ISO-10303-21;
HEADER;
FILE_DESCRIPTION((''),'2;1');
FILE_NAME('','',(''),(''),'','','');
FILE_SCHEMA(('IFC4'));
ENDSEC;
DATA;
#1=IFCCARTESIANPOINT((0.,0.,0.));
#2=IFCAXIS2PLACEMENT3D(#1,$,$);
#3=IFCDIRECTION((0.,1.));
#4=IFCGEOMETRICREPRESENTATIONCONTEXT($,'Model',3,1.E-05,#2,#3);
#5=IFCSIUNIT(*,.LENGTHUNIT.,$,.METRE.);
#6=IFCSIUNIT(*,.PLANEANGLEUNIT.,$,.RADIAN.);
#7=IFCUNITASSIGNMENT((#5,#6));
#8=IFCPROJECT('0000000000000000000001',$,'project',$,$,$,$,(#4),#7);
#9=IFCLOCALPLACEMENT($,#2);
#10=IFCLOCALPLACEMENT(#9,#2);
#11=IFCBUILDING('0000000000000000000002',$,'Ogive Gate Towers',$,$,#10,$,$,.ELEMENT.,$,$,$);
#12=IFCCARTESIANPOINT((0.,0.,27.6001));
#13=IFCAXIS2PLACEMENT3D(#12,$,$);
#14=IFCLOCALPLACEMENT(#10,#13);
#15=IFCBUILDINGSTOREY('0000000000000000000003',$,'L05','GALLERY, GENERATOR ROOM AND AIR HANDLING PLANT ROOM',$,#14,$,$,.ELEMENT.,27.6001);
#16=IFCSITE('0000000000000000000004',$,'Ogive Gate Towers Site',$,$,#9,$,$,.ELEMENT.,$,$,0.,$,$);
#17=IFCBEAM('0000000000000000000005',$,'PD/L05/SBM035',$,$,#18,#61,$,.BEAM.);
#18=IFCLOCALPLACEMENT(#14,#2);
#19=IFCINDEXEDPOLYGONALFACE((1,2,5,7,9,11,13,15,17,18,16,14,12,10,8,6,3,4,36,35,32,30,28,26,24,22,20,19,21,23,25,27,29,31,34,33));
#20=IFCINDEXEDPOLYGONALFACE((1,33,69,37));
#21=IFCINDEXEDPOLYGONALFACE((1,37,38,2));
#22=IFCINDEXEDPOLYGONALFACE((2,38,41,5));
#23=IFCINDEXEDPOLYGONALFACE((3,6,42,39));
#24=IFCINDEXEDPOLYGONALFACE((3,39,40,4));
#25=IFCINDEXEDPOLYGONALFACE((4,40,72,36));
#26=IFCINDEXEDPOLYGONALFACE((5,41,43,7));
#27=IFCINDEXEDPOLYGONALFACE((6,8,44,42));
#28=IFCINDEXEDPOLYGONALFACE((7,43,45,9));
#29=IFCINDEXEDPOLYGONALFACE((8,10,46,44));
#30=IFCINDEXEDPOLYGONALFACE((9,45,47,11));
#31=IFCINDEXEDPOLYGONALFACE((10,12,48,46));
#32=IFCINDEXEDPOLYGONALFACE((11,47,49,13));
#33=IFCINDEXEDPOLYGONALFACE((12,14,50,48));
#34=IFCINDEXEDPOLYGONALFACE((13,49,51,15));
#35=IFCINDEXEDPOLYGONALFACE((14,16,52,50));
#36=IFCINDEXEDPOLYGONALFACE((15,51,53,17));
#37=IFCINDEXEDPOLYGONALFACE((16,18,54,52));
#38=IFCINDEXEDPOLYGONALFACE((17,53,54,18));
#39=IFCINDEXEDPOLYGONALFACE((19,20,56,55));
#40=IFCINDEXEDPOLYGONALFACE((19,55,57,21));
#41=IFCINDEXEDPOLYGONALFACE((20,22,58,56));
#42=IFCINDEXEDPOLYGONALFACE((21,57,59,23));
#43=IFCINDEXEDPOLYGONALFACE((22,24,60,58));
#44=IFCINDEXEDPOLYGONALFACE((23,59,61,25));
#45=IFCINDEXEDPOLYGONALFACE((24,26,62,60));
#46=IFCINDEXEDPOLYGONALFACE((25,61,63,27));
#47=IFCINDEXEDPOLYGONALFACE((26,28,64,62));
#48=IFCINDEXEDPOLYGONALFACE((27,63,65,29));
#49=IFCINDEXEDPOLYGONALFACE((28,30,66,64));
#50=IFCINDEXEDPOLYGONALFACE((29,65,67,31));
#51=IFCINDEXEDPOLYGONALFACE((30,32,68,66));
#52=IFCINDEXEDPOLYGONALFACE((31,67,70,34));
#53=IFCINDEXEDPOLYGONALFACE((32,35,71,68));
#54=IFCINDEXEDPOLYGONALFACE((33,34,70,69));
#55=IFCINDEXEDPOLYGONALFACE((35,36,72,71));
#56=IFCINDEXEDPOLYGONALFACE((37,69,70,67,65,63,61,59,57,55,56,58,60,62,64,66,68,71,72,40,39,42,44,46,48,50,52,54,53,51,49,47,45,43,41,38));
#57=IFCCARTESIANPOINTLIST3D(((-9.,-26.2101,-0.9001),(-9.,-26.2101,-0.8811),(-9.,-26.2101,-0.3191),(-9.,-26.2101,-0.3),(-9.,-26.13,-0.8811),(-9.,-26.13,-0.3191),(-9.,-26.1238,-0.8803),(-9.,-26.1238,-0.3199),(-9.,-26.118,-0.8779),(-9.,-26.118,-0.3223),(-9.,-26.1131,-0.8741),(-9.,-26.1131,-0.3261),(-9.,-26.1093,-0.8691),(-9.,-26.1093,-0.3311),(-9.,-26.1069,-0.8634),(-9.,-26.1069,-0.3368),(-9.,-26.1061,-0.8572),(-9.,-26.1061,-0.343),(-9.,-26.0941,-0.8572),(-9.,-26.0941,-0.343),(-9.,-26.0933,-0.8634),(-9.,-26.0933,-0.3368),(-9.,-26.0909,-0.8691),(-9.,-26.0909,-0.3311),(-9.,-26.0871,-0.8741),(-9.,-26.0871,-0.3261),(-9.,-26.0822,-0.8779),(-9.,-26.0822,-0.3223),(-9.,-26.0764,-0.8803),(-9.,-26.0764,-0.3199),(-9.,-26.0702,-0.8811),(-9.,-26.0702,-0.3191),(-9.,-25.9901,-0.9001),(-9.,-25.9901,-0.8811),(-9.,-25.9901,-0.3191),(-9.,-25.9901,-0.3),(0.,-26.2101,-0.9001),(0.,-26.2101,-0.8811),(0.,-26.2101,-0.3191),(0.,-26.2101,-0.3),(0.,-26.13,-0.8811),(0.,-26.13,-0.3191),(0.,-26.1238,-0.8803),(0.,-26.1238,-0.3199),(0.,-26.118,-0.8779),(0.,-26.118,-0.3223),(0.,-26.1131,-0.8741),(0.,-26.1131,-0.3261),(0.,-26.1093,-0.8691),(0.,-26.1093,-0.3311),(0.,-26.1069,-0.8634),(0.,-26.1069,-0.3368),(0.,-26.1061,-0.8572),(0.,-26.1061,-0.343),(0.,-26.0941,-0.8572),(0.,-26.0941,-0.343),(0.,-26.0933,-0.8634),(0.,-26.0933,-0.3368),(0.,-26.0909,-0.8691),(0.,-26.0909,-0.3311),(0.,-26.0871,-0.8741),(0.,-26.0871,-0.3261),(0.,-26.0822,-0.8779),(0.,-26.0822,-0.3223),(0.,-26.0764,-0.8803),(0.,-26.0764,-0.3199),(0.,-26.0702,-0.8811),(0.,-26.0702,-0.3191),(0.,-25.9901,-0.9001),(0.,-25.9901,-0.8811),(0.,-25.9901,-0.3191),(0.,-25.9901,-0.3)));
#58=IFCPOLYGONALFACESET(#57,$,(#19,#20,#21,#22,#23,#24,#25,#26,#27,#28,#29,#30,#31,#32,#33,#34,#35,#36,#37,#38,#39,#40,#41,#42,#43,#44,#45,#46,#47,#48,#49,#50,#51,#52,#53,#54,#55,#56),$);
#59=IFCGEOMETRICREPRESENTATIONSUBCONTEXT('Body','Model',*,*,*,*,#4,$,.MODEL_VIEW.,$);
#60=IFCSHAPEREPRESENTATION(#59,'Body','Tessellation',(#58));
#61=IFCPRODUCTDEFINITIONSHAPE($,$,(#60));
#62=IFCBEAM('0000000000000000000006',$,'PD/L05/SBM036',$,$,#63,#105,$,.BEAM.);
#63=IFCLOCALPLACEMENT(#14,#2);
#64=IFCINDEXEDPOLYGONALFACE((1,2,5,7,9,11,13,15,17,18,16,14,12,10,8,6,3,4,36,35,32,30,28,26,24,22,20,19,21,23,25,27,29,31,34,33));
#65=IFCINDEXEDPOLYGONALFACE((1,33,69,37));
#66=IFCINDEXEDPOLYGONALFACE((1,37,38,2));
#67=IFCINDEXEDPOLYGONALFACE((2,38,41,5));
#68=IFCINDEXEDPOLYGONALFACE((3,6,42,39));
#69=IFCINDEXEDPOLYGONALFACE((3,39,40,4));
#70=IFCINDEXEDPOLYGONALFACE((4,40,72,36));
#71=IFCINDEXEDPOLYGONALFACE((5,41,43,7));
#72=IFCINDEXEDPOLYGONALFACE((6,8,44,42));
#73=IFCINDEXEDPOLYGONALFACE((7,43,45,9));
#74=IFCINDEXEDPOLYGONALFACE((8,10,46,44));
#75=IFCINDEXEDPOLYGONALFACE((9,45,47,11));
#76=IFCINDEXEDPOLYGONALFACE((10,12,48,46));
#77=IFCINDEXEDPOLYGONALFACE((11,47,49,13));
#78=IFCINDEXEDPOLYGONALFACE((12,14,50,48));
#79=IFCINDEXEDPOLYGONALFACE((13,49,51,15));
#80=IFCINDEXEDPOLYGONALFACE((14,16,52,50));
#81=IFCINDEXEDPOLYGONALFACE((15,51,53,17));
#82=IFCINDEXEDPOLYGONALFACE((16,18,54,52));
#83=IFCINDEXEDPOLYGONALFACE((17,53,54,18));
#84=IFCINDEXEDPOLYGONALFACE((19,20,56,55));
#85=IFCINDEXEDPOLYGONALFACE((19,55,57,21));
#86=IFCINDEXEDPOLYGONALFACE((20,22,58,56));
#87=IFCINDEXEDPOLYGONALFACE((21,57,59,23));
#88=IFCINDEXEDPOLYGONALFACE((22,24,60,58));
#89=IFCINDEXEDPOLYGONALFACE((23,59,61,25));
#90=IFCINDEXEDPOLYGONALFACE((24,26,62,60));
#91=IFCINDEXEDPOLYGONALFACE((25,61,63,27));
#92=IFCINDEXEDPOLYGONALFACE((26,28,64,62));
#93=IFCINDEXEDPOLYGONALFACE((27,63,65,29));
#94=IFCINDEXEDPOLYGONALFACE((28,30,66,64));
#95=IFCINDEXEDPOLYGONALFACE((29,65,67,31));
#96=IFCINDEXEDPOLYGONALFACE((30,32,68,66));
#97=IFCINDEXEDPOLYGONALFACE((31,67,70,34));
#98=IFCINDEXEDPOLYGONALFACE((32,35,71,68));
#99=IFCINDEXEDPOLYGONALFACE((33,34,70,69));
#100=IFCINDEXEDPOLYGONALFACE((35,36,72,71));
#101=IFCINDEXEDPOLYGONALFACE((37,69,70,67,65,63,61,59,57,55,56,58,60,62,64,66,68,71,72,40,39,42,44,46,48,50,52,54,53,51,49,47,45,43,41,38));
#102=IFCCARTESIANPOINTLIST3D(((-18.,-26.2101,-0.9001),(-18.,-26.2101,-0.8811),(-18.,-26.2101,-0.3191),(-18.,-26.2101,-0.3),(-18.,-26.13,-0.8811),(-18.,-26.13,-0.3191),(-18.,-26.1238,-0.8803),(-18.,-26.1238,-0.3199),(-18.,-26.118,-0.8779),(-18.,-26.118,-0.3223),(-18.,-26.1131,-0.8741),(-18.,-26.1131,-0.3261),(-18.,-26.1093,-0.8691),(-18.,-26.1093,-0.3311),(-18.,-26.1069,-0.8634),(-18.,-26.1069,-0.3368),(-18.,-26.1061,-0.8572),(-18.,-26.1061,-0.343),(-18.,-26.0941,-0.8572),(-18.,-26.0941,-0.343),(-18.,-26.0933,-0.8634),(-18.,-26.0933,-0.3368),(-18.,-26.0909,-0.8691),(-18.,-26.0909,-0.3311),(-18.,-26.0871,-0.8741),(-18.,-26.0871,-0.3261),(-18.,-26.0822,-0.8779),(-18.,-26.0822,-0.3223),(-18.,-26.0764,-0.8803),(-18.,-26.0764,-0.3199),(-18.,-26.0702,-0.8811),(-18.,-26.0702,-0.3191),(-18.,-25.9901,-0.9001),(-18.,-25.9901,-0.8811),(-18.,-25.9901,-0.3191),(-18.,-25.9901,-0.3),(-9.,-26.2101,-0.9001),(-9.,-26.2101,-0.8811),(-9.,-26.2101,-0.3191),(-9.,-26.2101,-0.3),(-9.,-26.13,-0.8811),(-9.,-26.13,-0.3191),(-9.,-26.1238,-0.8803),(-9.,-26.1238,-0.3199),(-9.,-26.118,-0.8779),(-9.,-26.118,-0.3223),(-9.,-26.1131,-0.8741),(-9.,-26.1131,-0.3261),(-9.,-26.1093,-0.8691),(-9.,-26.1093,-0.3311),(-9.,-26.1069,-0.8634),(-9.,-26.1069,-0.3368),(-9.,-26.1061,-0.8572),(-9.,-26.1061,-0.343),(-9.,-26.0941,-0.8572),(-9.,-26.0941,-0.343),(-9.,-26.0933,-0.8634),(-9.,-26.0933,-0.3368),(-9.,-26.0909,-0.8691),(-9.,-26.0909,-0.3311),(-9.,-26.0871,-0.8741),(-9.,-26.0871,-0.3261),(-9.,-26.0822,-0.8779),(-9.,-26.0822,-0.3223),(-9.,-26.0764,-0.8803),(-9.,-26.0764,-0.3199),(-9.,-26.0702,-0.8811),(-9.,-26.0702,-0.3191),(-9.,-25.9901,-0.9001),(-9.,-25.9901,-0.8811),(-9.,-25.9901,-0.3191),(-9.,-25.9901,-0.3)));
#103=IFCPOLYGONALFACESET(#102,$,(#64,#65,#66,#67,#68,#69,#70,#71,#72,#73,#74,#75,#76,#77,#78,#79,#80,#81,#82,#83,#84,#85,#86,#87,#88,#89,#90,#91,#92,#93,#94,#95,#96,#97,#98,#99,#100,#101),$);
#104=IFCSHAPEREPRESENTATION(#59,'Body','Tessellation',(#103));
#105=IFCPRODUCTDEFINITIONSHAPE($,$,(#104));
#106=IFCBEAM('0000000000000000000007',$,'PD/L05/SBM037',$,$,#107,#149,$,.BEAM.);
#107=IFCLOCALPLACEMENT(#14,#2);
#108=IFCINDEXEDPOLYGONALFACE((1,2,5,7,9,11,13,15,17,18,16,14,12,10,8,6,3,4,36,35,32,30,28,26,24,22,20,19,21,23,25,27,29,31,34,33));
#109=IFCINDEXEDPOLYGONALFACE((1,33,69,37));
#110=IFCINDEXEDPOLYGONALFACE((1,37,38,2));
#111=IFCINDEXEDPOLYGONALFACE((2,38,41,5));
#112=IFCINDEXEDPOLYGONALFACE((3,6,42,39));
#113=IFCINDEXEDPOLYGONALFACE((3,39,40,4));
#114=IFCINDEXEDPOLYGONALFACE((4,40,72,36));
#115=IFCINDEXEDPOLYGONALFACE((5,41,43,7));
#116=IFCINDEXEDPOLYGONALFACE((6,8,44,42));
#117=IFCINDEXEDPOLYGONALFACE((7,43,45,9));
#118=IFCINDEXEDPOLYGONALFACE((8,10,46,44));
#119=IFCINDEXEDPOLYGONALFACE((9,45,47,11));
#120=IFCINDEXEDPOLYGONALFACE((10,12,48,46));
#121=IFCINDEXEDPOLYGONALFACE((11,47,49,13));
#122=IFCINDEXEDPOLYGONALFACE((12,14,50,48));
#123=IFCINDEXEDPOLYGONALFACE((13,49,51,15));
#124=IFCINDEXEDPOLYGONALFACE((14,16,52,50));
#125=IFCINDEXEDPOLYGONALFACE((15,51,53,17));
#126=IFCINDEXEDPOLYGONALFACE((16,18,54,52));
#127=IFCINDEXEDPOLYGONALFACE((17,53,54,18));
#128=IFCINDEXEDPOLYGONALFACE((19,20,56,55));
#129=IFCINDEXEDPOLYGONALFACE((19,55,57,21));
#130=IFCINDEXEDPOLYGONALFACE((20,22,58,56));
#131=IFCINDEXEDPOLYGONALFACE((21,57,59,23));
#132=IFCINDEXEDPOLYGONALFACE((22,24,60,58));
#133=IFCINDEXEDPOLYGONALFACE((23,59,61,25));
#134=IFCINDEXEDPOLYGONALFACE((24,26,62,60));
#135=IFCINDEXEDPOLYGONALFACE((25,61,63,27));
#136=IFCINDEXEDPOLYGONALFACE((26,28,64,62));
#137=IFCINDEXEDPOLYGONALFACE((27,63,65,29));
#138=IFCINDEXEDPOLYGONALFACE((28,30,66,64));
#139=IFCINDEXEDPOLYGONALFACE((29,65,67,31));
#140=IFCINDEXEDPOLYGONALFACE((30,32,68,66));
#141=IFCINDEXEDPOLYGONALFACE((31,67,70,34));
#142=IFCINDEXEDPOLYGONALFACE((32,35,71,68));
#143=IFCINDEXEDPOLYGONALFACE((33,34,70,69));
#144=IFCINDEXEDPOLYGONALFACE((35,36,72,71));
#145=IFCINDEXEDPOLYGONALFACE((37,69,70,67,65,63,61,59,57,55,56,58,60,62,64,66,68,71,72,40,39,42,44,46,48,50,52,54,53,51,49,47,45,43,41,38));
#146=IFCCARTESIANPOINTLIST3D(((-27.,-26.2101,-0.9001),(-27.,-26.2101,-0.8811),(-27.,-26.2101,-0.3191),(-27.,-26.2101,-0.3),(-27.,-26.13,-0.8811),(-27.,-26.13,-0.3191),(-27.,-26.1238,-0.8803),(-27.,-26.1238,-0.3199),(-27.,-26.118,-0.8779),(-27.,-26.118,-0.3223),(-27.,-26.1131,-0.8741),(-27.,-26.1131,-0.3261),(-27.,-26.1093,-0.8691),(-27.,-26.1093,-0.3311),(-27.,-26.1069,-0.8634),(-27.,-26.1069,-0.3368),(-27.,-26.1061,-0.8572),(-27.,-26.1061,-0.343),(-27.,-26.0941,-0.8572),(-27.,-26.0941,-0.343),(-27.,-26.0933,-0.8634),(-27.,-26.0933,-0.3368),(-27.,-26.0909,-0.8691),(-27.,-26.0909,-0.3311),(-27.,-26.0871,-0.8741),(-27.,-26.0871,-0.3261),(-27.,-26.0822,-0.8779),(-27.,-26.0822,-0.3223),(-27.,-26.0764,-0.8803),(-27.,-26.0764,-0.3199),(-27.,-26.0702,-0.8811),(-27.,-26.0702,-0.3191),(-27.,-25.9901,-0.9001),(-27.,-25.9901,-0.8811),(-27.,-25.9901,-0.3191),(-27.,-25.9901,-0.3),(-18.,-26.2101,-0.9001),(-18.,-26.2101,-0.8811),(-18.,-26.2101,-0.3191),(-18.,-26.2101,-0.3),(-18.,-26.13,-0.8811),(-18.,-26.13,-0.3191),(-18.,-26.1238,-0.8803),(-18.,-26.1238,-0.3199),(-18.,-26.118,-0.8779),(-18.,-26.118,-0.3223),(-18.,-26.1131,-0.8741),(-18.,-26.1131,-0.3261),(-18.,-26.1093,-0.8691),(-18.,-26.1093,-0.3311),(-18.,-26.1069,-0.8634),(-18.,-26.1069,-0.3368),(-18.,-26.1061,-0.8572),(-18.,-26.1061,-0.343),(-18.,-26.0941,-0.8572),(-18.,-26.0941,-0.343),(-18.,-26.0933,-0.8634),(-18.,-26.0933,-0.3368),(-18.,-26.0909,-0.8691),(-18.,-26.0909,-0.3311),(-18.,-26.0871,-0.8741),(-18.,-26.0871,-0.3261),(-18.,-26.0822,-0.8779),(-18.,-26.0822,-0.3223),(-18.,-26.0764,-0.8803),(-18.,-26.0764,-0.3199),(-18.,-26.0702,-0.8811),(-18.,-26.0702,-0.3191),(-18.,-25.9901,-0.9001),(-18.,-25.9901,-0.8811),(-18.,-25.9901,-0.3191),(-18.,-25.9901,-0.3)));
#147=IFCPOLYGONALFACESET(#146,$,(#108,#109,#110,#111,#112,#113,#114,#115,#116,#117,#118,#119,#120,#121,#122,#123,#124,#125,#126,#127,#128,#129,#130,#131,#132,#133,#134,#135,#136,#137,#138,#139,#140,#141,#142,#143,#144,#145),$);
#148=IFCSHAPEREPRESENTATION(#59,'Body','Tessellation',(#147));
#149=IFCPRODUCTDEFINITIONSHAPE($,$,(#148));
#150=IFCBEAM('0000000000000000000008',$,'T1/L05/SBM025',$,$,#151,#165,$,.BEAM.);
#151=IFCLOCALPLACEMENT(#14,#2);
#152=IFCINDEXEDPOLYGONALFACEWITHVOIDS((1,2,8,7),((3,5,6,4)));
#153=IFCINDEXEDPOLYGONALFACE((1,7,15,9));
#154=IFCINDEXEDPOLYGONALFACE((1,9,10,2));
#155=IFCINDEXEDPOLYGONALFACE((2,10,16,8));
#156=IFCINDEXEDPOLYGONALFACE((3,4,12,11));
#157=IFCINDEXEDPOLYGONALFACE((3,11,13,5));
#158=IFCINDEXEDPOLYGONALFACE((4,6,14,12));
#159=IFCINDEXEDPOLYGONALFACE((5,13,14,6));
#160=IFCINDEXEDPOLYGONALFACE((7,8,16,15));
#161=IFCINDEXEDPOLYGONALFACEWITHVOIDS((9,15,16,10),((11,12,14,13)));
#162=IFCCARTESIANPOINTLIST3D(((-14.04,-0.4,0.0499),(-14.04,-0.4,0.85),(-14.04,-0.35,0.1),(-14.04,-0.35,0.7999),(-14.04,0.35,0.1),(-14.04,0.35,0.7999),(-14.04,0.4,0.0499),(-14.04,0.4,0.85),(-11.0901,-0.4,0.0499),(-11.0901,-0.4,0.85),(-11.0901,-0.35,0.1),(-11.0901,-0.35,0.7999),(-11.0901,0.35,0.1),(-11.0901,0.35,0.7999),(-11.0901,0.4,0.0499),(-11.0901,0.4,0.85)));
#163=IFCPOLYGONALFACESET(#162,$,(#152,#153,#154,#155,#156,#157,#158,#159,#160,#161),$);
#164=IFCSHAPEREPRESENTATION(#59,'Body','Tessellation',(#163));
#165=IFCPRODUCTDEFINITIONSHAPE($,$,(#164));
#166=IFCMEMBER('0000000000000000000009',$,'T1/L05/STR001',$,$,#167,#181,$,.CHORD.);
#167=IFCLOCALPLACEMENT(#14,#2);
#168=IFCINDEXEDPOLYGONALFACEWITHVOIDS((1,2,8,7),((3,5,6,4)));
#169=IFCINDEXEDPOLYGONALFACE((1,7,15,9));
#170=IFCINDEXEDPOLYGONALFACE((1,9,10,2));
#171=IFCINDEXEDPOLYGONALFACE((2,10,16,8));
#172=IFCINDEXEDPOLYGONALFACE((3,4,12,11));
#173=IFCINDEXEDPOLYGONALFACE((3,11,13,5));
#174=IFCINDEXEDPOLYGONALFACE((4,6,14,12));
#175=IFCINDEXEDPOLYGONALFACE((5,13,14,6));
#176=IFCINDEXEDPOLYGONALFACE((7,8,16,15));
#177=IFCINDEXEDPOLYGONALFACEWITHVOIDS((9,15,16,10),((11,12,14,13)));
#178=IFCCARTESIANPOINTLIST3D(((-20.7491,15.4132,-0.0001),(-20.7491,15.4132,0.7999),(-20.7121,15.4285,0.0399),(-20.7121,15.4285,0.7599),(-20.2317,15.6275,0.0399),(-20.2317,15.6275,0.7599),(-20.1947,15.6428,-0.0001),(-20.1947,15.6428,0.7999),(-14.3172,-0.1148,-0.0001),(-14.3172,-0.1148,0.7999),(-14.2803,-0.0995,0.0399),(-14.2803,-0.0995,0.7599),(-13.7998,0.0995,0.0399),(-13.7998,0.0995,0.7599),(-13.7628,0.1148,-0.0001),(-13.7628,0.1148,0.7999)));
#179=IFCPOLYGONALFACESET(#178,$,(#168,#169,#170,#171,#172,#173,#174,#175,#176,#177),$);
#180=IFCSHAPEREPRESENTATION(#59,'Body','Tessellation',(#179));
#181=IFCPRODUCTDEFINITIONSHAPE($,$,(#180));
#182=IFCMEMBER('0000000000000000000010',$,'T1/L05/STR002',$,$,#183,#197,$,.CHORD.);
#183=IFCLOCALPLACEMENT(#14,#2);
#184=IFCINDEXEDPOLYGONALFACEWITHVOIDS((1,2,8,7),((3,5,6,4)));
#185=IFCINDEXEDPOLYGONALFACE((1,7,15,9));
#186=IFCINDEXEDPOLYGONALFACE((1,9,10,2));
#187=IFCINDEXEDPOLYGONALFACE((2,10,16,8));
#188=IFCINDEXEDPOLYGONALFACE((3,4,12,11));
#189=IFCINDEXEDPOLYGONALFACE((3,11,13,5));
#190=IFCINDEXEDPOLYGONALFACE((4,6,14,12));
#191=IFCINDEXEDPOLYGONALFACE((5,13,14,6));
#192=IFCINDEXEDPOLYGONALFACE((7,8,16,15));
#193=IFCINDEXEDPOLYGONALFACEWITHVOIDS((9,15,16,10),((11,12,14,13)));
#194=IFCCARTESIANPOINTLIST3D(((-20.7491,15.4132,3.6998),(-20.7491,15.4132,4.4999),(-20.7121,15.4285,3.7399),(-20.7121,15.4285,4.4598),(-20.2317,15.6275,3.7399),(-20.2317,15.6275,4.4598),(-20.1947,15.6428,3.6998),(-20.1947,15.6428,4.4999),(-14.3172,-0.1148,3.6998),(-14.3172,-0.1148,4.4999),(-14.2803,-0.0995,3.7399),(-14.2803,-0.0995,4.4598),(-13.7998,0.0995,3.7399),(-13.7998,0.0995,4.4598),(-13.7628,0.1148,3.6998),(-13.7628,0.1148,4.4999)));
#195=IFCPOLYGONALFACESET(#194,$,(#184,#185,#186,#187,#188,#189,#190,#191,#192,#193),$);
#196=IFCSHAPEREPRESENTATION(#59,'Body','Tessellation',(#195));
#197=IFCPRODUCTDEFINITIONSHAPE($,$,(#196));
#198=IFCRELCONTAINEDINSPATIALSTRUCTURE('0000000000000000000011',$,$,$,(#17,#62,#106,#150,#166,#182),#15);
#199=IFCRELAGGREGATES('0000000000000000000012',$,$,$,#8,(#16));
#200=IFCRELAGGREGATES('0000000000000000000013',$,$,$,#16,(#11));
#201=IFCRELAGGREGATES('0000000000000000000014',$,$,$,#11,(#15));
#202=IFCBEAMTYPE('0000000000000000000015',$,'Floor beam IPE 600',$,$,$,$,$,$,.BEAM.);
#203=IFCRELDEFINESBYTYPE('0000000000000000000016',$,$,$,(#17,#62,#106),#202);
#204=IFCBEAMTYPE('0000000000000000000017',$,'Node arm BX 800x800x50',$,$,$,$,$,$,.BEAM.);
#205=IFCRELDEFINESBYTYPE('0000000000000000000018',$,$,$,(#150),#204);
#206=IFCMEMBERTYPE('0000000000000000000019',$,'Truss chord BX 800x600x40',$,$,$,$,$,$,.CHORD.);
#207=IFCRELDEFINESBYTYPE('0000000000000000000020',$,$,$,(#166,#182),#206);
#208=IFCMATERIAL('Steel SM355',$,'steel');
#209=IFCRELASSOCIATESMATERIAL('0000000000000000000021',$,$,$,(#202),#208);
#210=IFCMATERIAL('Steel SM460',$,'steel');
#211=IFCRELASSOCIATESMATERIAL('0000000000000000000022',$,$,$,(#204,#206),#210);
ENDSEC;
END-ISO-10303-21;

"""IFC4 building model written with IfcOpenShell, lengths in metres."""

from ifc_helpers import new_model, si_unit, direction, frame, origin, origin_2d, place, context, subcontext, project, spatial, hollow_rectangle, i_section, extrude, material, material_profile, profile_set, type_object, element, save


model = new_model("IFC4")

# Units and contexts
model_context = context("Model", 3, precision=1e-05, world=origin(), true_north=direction((0.0, 1.0)))
body_context = subcontext(model_context, "Body", "Model", "MODEL_VIEW")
ifc_project = project(units=[si_unit("LENGTHUNIT", "METRE"), si_unit("PLANEANGLEUNIT", "RADIAN")], contexts=[model_context])

# Site, building, storey
site_placement = place(None, origin())
site = spatial("IfcSite", under=ifc_project, at=site_placement, Name="Ogive Gate Towers Site", CompositionType="ELEMENT", RefElevation=0.0)
building_placement = place(site_placement, origin())
building = spatial("IfcBuilding", under=site, at=building_placement, Name="Ogive Gate Towers", CompositionType="ELEMENT")
storey_placement = place(building_placement, frame((0.0, 0.0, 27.6001)))
storey = spatial("IfcBuildingStorey", under=building, at=storey_placement, Name="L05", Description="GALLERY, GENERATOR ROOM AND AIR HANDLING PLANT ROOM", CompositionType="ELEMENT", Elevation=27.6001)

# Beams
ifc_material_1 = material(Name="Steel SM460", Category="steel")
ifc_material_2 = material(Name="Steel SM355", Category="steel")
ifc_material_profile_1 = material_profile(ifc_material_2, i_section(OverallWidth=0.22, OverallDepth=0.6001, WebThickness=0.012, FlangeThickness=0.019, FilletRadius=0.0239, at=origin_2d()), Name="IPE 600")
ifc_profile_set_1 = profile_set([ifc_material_profile_1], Name="Steel SM355")
beam_type_1 = type_object("IfcBeamType", Name="Floor beam IPE 600", PredefinedType="BEAM", material=ifc_profile_set_1)
for number, where, z_axis, x_axis, name in (
    (1, (0.0, -26.1001, -0.6001), (-1.0, 0.0, 0.0), (0.0, -1.0, 0.0), "PD/L05/SBM035"),
    (2, (-9.0, -26.1001, -0.6001), (-1.0, 0.0, 0.0), (0.0, -1.0, 0.0), "PD/L05/SBM036"),
    (3, (-18.0, -26.1001, -0.6001), (-1.0, 0.0, 0.0), (0.0, -1.0, 0.0), "PD/L05/SBM037"),
):
    element("IfcBeam", number, at=place(storey_placement, frame(where, z_axis=z_axis, x_axis=x_axis)), inside=storey, type_object=beam_type_1, Name=name, PredefinedType="BEAM", context=body_context, shape_type="SweptSolid", body=[
        extrude(i_section(OverallWidth=0.22, OverallDepth=0.6001, WebThickness=0.012, FlangeThickness=0.019, FilletRadius=0.0239, at=origin_2d()), origin(), (0.0, 0.0, 1.0), 9.0),
    ])
ifc_material_profile_2 = material_profile(ifc_material_1, hollow_rectangle(XDim=0.8, YDim=0.8, WallThickness=0.05, at=origin_2d()), Name="BX 800x800x50")
ifc_profile_set_2 = profile_set([ifc_material_profile_2], Name="Steel SM460")
beam_type_2 = type_object("IfcBeamType", Name="Node arm BX 800x800x50", PredefinedType="BEAM", material=ifc_profile_set_2)
beam_1_placement = place(storey_placement, frame((-14.04, 0.0, 0.45), z_axis=(1.0, 0.0, 0.0), x_axis=(0.0, 1.0, 0.0)))
element("IfcBeam", 4, at=beam_1_placement, inside=storey, type_object=beam_type_2, Name="T1/L05/SBM025", PredefinedType="BEAM", context=body_context, shape_type="SweptSolid", body=[
    extrude(hollow_rectangle(XDim=0.8, YDim=0.8, WallThickness=0.05, at=origin_2d()), origin(), (0.0, 0.0, 1.0), 2.95),
])

# Members
ifc_material_profile_3 = material_profile(ifc_material_1, hollow_rectangle(XDim=0.6001, YDim=0.8, WallThickness=0.04, at=origin_2d()), Name="BX 800x600x40")
ifc_profile_set_3 = profile_set([ifc_material_profile_3], Name="Steel SM460")
member_type_1 = type_object("IfcMemberType", Name="Truss chord BX 800x600x40", PredefinedType="CHORD", material=ifc_profile_set_3)
for number, where, z_axis, x_axis, name in (
    (5, (-14.04, 0.0, 0.3999), (-0.382681, 0.923881, 0.0), (-0.923881, -0.382681, 0.0), "T1/L05/STR001"),
    (6, (-14.04, 0.0, 4.0999), (-0.382681, 0.923881, 0.0), (-0.923881, -0.382681, 0.0), "T1/L05/STR002"),
):
    element("IfcMember", number, at=place(storey_placement, frame(where, z_axis=z_axis, x_axis=x_axis)), inside=storey, type_object=member_type_1, Name=name, PredefinedType="CHORD", context=body_context, shape_type="SweptSolid", body=[
        extrude(hollow_rectangle(XDim=0.6001, YDim=0.8, WallThickness=0.04, at=origin_2d()), origin(), (0.0, 0.0, 1.0), 16.8074),
    ])

save(model, "model.ifc")
